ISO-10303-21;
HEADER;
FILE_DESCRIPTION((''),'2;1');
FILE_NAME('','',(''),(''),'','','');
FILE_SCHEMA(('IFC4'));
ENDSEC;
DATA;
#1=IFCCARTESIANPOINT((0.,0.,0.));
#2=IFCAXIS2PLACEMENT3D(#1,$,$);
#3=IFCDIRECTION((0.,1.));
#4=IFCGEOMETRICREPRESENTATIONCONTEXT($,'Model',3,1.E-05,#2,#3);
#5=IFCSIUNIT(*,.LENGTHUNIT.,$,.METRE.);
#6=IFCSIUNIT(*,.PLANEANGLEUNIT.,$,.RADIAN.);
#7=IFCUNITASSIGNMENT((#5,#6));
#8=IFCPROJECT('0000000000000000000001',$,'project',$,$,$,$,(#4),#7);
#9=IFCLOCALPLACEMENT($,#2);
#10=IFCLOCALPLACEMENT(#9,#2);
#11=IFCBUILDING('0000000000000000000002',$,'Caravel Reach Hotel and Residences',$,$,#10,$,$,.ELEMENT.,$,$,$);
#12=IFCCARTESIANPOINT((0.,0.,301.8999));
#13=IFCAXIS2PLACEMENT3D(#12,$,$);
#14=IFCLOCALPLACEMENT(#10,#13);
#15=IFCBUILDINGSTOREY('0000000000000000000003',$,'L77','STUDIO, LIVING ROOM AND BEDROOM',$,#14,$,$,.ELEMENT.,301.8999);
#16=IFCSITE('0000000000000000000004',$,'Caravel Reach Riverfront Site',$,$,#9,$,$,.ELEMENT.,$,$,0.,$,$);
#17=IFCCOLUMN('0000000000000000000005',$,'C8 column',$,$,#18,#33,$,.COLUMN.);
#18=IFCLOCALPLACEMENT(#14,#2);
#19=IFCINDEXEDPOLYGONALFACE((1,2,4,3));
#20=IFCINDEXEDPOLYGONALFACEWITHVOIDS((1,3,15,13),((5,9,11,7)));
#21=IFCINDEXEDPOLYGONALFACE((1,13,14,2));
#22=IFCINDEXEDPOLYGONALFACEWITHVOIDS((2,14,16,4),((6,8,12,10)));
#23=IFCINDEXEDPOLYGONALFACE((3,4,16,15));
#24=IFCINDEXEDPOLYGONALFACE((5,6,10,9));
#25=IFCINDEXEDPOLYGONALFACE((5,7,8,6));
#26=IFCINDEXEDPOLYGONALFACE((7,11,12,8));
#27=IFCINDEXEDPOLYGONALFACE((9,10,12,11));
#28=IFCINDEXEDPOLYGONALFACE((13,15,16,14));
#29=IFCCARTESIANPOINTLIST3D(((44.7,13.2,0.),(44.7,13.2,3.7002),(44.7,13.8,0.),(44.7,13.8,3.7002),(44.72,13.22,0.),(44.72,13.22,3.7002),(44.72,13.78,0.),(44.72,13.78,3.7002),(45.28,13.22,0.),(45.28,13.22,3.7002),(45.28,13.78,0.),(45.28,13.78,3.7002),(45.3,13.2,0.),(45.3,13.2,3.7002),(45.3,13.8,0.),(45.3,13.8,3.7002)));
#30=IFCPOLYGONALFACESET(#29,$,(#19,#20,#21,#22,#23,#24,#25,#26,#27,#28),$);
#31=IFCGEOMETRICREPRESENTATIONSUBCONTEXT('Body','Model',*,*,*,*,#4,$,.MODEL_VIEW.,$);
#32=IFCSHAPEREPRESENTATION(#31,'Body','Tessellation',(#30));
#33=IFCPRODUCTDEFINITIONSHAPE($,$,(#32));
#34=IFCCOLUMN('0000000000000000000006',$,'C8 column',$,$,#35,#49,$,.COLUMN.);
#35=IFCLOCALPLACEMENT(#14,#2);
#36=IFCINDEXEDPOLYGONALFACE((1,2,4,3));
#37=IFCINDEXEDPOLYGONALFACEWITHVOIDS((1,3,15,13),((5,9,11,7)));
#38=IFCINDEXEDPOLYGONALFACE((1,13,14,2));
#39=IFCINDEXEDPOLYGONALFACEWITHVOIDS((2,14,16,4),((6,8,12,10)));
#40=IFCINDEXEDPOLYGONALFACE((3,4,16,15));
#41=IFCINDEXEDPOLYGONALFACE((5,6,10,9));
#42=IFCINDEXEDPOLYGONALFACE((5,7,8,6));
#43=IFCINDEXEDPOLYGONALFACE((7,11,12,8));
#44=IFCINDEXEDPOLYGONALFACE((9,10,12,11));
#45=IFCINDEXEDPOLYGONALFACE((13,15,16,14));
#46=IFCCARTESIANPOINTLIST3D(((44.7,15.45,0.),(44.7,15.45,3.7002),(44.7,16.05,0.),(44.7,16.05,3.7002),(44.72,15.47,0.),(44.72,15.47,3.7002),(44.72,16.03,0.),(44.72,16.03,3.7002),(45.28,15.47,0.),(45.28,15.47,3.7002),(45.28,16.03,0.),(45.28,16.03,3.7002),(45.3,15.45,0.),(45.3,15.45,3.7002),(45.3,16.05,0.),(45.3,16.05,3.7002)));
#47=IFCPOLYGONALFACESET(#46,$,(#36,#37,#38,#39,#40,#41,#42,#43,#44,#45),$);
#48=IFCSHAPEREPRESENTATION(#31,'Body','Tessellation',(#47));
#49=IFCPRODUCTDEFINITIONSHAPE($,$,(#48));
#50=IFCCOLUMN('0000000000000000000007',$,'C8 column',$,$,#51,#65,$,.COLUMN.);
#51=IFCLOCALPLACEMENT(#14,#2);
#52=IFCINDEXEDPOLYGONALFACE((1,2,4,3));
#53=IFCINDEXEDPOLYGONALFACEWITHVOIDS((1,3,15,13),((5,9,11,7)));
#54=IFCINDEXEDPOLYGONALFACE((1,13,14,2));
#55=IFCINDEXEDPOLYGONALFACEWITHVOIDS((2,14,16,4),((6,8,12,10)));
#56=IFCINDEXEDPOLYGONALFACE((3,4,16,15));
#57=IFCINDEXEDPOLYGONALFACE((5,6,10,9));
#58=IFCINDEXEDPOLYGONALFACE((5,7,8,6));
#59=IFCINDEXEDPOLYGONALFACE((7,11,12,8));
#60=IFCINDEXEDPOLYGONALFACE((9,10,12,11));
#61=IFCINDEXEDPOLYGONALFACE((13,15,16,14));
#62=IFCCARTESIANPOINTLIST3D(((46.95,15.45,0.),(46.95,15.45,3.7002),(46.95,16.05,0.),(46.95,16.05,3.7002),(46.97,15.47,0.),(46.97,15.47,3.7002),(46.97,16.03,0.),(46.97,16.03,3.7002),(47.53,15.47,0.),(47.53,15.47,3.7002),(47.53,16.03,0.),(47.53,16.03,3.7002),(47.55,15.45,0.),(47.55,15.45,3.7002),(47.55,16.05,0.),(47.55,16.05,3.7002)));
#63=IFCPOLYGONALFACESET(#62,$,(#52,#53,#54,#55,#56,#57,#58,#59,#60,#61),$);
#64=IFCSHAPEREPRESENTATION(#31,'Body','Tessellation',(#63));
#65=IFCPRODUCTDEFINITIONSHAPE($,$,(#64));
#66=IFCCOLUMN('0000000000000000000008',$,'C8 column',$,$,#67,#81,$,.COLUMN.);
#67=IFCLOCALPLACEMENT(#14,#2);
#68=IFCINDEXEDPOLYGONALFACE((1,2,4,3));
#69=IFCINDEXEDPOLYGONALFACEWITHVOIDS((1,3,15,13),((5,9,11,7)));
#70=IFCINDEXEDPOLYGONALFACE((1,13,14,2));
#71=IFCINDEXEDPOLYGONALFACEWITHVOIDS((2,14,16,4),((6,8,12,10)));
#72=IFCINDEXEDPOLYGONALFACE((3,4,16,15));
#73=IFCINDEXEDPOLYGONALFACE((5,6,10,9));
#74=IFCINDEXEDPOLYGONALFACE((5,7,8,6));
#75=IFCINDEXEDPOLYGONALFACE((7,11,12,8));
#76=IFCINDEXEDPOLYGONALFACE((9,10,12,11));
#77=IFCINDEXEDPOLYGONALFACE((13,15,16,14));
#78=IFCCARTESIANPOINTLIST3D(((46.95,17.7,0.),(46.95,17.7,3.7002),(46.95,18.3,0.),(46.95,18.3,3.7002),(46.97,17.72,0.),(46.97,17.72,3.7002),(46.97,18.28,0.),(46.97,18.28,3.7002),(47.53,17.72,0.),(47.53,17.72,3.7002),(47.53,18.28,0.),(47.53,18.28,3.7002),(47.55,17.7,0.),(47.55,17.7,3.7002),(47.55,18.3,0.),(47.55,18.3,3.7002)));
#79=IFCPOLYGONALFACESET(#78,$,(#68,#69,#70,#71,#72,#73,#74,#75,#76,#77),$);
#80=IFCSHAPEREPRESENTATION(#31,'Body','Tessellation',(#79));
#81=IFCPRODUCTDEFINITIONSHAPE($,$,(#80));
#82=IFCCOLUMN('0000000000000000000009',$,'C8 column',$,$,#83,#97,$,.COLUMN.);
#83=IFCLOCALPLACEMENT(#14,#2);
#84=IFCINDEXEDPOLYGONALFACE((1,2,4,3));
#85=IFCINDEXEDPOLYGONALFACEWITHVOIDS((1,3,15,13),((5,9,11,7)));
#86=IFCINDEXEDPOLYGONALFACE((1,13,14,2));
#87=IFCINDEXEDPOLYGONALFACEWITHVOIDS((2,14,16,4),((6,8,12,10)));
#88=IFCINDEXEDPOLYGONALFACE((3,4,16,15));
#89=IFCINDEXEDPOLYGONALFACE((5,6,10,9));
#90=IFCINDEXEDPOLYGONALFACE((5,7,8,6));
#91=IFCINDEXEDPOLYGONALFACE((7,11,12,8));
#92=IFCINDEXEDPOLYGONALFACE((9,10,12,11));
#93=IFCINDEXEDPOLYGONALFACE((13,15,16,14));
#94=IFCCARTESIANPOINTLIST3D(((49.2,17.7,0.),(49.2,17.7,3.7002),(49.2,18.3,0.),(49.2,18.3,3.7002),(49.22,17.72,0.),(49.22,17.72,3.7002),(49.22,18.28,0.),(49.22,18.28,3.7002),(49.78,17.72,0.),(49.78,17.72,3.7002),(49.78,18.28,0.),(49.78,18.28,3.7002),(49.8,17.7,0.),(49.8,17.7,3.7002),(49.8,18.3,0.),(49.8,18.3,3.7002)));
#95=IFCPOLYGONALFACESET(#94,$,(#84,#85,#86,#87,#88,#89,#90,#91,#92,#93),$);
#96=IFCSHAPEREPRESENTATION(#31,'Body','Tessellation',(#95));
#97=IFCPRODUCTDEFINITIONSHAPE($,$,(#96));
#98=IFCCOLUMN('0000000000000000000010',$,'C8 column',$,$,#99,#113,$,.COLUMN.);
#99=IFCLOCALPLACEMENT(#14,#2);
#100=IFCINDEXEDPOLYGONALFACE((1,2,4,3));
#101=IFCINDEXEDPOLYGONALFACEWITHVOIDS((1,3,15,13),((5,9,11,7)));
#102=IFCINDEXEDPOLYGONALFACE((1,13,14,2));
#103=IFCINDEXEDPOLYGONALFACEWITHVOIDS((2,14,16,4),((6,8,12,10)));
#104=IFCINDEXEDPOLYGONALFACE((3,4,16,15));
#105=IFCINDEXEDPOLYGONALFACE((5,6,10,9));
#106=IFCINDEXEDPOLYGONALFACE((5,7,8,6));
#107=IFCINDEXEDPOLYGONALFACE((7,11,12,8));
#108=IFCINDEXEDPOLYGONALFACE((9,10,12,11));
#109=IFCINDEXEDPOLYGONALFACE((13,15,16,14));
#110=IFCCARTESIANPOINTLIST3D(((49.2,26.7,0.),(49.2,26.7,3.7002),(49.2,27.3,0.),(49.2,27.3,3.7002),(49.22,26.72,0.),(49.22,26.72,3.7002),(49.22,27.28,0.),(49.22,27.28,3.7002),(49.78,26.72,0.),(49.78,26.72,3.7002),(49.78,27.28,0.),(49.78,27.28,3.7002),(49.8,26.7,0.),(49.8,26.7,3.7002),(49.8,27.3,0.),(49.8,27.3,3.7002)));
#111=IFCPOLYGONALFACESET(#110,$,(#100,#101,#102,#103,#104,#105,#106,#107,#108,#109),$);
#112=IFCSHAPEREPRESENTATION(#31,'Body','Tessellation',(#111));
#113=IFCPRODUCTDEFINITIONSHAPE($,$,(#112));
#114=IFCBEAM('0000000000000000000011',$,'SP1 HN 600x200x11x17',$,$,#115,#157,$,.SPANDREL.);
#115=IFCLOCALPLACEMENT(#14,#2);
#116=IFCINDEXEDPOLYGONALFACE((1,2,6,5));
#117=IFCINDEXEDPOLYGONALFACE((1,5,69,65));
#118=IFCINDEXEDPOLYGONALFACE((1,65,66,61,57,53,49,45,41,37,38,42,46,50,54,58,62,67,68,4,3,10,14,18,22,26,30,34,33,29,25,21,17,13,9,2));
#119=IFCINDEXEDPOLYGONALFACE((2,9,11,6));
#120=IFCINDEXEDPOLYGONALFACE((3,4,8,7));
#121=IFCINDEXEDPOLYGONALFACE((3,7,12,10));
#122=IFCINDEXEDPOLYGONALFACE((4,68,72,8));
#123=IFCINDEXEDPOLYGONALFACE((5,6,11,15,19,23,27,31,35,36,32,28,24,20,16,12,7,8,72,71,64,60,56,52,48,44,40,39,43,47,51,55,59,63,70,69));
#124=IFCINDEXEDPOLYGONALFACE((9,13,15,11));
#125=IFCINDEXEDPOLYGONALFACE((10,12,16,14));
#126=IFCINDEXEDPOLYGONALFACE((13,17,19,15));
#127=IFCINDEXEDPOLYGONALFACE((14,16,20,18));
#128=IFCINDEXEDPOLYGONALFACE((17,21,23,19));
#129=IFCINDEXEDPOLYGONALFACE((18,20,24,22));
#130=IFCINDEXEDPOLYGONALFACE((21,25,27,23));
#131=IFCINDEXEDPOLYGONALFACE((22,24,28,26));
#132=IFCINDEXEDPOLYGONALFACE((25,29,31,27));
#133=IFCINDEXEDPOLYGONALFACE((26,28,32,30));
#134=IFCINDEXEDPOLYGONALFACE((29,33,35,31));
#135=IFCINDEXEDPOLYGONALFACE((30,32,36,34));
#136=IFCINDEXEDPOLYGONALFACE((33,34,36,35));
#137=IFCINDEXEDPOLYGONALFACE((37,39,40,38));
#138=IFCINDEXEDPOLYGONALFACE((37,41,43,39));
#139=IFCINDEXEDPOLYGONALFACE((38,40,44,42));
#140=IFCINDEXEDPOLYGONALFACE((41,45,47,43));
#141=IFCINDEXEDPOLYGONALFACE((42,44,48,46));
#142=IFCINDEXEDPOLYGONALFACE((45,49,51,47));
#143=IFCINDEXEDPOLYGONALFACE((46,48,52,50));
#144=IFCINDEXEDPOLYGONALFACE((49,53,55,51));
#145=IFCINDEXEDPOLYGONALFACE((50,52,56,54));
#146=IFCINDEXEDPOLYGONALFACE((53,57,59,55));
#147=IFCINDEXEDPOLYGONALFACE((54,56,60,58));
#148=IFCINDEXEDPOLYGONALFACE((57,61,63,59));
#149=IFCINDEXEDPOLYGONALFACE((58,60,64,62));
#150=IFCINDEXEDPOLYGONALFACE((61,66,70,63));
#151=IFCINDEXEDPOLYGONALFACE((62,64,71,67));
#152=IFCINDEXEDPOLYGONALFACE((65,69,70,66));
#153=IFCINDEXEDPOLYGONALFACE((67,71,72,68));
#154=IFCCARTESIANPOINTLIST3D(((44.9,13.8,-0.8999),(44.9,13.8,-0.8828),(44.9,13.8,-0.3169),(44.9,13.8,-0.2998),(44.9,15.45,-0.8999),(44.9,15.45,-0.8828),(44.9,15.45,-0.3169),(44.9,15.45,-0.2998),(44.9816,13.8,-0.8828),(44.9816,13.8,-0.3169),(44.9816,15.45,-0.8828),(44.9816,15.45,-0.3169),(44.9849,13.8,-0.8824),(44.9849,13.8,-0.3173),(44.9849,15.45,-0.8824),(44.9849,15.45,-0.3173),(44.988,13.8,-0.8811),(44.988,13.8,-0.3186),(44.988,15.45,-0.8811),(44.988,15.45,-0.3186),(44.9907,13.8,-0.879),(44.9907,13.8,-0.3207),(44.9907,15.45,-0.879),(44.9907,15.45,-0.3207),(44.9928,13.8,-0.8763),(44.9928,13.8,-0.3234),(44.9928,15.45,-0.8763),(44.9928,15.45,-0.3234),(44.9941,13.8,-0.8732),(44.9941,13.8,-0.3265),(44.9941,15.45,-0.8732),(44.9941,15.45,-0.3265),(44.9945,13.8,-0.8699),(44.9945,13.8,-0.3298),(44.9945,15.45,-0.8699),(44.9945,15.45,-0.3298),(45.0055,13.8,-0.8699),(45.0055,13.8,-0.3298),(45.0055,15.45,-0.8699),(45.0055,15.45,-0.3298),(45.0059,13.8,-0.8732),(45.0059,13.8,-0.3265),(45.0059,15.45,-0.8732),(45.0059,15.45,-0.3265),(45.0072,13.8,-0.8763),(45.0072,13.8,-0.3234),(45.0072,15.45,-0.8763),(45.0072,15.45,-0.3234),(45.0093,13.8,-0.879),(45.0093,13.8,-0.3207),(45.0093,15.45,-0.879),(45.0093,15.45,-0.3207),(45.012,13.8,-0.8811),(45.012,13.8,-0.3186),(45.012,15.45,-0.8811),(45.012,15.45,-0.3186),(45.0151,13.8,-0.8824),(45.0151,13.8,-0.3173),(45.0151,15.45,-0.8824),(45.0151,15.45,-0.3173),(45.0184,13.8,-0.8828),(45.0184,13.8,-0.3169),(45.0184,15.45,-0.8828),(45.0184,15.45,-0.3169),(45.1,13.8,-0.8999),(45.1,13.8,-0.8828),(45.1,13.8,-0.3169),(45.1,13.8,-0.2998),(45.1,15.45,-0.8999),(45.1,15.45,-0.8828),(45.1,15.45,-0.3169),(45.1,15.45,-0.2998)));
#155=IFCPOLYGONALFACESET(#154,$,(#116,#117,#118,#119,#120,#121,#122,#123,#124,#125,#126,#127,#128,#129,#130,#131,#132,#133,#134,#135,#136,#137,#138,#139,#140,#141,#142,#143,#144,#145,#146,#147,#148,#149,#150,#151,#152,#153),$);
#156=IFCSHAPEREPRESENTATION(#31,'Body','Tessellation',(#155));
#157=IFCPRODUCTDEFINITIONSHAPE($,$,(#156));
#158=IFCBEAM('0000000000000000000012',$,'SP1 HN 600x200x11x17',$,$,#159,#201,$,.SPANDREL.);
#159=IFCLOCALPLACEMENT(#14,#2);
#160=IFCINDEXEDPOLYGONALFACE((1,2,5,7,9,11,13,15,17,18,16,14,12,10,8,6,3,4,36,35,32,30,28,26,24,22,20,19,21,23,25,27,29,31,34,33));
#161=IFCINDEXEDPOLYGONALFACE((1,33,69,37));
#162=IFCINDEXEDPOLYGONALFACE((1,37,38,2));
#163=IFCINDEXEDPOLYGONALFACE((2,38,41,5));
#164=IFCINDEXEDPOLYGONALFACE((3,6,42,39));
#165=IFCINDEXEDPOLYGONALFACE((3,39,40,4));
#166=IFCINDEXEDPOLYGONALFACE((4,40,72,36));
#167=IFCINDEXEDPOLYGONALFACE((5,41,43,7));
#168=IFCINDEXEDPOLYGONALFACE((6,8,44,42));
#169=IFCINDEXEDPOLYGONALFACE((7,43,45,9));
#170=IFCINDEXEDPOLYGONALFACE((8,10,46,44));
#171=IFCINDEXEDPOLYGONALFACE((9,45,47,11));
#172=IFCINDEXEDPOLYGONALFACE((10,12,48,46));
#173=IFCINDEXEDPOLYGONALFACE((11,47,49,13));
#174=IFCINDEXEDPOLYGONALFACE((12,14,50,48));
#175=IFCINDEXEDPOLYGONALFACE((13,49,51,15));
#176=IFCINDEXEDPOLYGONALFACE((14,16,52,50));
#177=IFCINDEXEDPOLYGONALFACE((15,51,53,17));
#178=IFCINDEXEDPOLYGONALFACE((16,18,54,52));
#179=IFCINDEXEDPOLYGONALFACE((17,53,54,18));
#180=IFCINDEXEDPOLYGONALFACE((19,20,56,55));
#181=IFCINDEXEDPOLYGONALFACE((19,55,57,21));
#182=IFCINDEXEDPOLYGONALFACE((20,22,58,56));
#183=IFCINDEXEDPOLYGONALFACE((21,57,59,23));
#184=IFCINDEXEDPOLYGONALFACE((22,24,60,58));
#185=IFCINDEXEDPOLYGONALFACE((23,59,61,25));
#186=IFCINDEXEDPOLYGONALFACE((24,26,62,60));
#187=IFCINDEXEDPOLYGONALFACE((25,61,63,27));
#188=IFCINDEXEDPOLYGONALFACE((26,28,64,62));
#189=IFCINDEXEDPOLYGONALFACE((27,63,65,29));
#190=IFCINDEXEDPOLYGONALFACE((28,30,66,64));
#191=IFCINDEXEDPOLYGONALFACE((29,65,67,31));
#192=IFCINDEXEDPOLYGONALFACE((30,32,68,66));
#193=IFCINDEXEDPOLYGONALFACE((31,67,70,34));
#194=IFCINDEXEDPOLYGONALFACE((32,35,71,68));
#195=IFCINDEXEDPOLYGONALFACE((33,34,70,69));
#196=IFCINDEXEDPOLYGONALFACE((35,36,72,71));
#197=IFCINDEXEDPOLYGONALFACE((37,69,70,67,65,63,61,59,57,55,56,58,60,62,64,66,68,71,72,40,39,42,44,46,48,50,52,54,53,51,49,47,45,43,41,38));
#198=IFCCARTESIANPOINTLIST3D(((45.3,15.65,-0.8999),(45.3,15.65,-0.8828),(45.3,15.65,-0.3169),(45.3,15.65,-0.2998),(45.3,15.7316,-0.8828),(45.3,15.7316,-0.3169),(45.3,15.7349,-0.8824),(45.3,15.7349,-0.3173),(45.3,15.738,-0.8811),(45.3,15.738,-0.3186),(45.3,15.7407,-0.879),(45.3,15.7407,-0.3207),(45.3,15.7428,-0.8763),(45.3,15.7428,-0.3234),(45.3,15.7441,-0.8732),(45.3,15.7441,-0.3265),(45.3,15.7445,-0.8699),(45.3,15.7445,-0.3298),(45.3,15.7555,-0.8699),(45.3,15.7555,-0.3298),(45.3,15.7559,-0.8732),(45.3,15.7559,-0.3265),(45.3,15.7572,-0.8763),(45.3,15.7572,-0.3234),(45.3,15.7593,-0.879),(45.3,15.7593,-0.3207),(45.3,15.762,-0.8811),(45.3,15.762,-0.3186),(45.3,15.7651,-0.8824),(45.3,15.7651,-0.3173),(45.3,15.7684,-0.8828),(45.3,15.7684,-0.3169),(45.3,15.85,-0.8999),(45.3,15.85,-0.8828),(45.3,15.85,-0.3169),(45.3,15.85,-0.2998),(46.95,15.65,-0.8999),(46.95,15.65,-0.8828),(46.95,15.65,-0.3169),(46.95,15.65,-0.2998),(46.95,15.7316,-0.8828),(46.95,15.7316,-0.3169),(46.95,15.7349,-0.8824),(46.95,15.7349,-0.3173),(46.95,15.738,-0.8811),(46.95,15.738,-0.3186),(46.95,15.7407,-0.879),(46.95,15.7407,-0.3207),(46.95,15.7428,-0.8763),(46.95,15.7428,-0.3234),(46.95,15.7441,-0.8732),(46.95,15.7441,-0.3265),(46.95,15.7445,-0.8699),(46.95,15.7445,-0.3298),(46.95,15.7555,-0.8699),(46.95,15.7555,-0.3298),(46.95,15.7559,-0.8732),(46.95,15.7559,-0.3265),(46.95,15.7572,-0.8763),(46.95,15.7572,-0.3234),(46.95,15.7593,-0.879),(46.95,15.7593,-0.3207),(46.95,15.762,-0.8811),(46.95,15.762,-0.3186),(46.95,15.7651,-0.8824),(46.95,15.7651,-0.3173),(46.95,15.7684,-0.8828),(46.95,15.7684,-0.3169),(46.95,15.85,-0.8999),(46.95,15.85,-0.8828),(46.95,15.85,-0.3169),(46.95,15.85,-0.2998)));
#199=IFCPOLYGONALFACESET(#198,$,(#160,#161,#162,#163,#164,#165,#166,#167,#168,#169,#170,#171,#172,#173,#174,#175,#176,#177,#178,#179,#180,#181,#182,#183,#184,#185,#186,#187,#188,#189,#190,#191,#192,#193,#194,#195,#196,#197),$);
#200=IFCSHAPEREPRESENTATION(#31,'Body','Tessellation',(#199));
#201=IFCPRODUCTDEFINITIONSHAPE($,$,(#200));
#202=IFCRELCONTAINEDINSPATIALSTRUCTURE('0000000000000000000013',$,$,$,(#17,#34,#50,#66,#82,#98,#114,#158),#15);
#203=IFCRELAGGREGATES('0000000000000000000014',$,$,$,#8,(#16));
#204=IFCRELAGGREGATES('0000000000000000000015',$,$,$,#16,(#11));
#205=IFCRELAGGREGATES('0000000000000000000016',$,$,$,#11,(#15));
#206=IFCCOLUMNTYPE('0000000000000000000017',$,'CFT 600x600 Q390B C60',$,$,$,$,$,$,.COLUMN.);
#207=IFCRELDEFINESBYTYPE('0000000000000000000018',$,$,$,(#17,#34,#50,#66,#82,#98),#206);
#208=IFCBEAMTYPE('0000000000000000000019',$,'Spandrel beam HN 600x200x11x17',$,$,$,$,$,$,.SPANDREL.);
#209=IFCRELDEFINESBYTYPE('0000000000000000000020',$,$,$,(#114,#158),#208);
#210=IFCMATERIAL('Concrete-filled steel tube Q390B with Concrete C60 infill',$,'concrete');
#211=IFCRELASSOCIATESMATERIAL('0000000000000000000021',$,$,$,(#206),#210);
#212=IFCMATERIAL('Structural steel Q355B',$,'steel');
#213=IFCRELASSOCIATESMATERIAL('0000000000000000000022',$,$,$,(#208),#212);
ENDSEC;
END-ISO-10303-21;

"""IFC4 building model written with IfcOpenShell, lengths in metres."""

from ifc_helpers import new_model, si_unit, direction, frame, origin, origin_2d, place, context, subcontext, project, spatial, hollow_rectangle, i_section, extrude, material, material_profile, profile_set, type_object, element, save


model = new_model("IFC4")

# Units and contexts
model_context = context("Model", 3, precision=1e-05, world=origin(), true_north=direction((0.0, 1.0)))
body_context = subcontext(model_context, "Body", "Model", "MODEL_VIEW")
ifc_project = project(units=[si_unit("LENGTHUNIT", "METRE"), si_unit("PLANEANGLEUNIT", "RADIAN")], contexts=[model_context])

# Site, building, storey
site_placement = place(None, origin())
site = spatial("IfcSite", under=ifc_project, at=site_placement, Name="Caravel Reach Riverfront Site", CompositionType="ELEMENT", RefElevation=0.0)
building_placement = place(site_placement, origin())
building = spatial("IfcBuilding", under=site, at=building_placement, Name="Caravel Reach Hotel and Residences", CompositionType="ELEMENT")
storey_placement = place(building_placement, frame((0.0, 0.0, 301.8999)))
storey = spatial("IfcBuildingStorey", under=building, at=storey_placement, Name="L77", Description="STUDIO, LIVING ROOM AND BEDROOM", CompositionType="ELEMENT", Elevation=301.8999)

# Columns
ifc_material_1 = material(Name="Concrete-filled steel tube Q390B with Concrete C60 infill", Category="concrete")
ifc_material_profile_1 = material_profile(ifc_material_1, hollow_rectangle(XDim=0.6001, YDim=0.6001, WallThickness=0.02, at=origin_2d()), Name="RHS 600x600x20")
ifc_profile_set_1 = profile_set([ifc_material_profile_1], Name="Concrete-filled steel tube Q390B with Concrete C60 infill")
column_type = type_object("IfcColumnType", Name="CFT 600x600 Q390B C60", PredefinedType="COLUMN", material=ifc_profile_set_1)
for number, where, z_axis, x_axis, name in (
    (1, (45.0, 13.5, 0.0), (0.0, 0.0, 1.0), (1.0, 0.0, 0.0), "C8 column"),
    (2, (45.0, 15.75, 0.0), (0.0, 0.0, 1.0), (1.0, 0.0, 0.0), "C8 column"),
    (3, (47.25, 15.75, 0.0), (0.0, 0.0, 1.0), (1.0, 0.0, 0.0), "C8 column"),
    (4, (47.25, 18.0, 0.0), (0.0, 0.0, 1.0), (1.0, 0.0, 0.0), "C8 column"),
    (5, (49.5, 18.0, 0.0), (0.0, 0.0, 1.0), (1.0, 0.0, 0.0), "C8 column"),
    (6, (49.5, 27.0, 0.0), (0.0, 0.0, 1.0), (1.0, 0.0, 0.0), "C8 column"),
):
    element("IfcColumn", number, at=place(storey_placement, frame(where, z_axis=z_axis, x_axis=x_axis)), inside=storey, type_object=column_type, Name=name, PredefinedType="COLUMN", context=body_context, shape_type="SweptSolid", body=[
        extrude(hollow_rectangle(XDim=0.6001, YDim=0.6001, WallThickness=0.02, at=origin_2d()), origin(), (0.0, 0.0, 1.0), 3.7002),
    ])

# Beams
ifc_material_2 = material(Name="Structural steel Q355B", Category="steel")
ifc_material_profile_2 = material_profile(ifc_material_2, i_section(OverallWidth=0.2, OverallDepth=0.6001, WebThickness=0.011, FlangeThickness=0.0171, FilletRadius=0.0129, at=origin_2d()), Name="HN 600x200x11x17")
ifc_profile_set_2 = profile_set([ifc_material_profile_2], Name="Structural steel Q355B")
beam_type = type_object("IfcBeamType", Name="Spandrel beam HN 600x200x11x17", PredefinedType="SPANDREL", material=ifc_profile_set_2)
for number, where, z_axis, x_axis, name in (
    (7, (45.0, 13.8, -0.5999), (0.0, 1.0, 0.0), (-1.0, 0.0, 0.0), "SP1 HN 600x200x11x17"),
    (8, (45.3, 15.75, -0.5999), (1.0, 0.0, 0.0), (0.0, 1.0, 0.0), "SP1 HN 600x200x11x17"),
):
    element("IfcBeam", number, at=place(storey_placement, frame(where, z_axis=z_axis, x_axis=x_axis)), inside=storey, type_object=beam_type, Name=name, PredefinedType="SPANDREL", context=body_context, shape_type="SweptSolid", body=[
        extrude(i_section(OverallWidth=0.2, OverallDepth=0.6001, WebThickness=0.011, FlangeThickness=0.0171, FilletRadius=0.0129, at=origin_2d()), origin(), (0.0, 0.0, 1.0), 1.6499),
    ])

save(model, "model.ifc")
